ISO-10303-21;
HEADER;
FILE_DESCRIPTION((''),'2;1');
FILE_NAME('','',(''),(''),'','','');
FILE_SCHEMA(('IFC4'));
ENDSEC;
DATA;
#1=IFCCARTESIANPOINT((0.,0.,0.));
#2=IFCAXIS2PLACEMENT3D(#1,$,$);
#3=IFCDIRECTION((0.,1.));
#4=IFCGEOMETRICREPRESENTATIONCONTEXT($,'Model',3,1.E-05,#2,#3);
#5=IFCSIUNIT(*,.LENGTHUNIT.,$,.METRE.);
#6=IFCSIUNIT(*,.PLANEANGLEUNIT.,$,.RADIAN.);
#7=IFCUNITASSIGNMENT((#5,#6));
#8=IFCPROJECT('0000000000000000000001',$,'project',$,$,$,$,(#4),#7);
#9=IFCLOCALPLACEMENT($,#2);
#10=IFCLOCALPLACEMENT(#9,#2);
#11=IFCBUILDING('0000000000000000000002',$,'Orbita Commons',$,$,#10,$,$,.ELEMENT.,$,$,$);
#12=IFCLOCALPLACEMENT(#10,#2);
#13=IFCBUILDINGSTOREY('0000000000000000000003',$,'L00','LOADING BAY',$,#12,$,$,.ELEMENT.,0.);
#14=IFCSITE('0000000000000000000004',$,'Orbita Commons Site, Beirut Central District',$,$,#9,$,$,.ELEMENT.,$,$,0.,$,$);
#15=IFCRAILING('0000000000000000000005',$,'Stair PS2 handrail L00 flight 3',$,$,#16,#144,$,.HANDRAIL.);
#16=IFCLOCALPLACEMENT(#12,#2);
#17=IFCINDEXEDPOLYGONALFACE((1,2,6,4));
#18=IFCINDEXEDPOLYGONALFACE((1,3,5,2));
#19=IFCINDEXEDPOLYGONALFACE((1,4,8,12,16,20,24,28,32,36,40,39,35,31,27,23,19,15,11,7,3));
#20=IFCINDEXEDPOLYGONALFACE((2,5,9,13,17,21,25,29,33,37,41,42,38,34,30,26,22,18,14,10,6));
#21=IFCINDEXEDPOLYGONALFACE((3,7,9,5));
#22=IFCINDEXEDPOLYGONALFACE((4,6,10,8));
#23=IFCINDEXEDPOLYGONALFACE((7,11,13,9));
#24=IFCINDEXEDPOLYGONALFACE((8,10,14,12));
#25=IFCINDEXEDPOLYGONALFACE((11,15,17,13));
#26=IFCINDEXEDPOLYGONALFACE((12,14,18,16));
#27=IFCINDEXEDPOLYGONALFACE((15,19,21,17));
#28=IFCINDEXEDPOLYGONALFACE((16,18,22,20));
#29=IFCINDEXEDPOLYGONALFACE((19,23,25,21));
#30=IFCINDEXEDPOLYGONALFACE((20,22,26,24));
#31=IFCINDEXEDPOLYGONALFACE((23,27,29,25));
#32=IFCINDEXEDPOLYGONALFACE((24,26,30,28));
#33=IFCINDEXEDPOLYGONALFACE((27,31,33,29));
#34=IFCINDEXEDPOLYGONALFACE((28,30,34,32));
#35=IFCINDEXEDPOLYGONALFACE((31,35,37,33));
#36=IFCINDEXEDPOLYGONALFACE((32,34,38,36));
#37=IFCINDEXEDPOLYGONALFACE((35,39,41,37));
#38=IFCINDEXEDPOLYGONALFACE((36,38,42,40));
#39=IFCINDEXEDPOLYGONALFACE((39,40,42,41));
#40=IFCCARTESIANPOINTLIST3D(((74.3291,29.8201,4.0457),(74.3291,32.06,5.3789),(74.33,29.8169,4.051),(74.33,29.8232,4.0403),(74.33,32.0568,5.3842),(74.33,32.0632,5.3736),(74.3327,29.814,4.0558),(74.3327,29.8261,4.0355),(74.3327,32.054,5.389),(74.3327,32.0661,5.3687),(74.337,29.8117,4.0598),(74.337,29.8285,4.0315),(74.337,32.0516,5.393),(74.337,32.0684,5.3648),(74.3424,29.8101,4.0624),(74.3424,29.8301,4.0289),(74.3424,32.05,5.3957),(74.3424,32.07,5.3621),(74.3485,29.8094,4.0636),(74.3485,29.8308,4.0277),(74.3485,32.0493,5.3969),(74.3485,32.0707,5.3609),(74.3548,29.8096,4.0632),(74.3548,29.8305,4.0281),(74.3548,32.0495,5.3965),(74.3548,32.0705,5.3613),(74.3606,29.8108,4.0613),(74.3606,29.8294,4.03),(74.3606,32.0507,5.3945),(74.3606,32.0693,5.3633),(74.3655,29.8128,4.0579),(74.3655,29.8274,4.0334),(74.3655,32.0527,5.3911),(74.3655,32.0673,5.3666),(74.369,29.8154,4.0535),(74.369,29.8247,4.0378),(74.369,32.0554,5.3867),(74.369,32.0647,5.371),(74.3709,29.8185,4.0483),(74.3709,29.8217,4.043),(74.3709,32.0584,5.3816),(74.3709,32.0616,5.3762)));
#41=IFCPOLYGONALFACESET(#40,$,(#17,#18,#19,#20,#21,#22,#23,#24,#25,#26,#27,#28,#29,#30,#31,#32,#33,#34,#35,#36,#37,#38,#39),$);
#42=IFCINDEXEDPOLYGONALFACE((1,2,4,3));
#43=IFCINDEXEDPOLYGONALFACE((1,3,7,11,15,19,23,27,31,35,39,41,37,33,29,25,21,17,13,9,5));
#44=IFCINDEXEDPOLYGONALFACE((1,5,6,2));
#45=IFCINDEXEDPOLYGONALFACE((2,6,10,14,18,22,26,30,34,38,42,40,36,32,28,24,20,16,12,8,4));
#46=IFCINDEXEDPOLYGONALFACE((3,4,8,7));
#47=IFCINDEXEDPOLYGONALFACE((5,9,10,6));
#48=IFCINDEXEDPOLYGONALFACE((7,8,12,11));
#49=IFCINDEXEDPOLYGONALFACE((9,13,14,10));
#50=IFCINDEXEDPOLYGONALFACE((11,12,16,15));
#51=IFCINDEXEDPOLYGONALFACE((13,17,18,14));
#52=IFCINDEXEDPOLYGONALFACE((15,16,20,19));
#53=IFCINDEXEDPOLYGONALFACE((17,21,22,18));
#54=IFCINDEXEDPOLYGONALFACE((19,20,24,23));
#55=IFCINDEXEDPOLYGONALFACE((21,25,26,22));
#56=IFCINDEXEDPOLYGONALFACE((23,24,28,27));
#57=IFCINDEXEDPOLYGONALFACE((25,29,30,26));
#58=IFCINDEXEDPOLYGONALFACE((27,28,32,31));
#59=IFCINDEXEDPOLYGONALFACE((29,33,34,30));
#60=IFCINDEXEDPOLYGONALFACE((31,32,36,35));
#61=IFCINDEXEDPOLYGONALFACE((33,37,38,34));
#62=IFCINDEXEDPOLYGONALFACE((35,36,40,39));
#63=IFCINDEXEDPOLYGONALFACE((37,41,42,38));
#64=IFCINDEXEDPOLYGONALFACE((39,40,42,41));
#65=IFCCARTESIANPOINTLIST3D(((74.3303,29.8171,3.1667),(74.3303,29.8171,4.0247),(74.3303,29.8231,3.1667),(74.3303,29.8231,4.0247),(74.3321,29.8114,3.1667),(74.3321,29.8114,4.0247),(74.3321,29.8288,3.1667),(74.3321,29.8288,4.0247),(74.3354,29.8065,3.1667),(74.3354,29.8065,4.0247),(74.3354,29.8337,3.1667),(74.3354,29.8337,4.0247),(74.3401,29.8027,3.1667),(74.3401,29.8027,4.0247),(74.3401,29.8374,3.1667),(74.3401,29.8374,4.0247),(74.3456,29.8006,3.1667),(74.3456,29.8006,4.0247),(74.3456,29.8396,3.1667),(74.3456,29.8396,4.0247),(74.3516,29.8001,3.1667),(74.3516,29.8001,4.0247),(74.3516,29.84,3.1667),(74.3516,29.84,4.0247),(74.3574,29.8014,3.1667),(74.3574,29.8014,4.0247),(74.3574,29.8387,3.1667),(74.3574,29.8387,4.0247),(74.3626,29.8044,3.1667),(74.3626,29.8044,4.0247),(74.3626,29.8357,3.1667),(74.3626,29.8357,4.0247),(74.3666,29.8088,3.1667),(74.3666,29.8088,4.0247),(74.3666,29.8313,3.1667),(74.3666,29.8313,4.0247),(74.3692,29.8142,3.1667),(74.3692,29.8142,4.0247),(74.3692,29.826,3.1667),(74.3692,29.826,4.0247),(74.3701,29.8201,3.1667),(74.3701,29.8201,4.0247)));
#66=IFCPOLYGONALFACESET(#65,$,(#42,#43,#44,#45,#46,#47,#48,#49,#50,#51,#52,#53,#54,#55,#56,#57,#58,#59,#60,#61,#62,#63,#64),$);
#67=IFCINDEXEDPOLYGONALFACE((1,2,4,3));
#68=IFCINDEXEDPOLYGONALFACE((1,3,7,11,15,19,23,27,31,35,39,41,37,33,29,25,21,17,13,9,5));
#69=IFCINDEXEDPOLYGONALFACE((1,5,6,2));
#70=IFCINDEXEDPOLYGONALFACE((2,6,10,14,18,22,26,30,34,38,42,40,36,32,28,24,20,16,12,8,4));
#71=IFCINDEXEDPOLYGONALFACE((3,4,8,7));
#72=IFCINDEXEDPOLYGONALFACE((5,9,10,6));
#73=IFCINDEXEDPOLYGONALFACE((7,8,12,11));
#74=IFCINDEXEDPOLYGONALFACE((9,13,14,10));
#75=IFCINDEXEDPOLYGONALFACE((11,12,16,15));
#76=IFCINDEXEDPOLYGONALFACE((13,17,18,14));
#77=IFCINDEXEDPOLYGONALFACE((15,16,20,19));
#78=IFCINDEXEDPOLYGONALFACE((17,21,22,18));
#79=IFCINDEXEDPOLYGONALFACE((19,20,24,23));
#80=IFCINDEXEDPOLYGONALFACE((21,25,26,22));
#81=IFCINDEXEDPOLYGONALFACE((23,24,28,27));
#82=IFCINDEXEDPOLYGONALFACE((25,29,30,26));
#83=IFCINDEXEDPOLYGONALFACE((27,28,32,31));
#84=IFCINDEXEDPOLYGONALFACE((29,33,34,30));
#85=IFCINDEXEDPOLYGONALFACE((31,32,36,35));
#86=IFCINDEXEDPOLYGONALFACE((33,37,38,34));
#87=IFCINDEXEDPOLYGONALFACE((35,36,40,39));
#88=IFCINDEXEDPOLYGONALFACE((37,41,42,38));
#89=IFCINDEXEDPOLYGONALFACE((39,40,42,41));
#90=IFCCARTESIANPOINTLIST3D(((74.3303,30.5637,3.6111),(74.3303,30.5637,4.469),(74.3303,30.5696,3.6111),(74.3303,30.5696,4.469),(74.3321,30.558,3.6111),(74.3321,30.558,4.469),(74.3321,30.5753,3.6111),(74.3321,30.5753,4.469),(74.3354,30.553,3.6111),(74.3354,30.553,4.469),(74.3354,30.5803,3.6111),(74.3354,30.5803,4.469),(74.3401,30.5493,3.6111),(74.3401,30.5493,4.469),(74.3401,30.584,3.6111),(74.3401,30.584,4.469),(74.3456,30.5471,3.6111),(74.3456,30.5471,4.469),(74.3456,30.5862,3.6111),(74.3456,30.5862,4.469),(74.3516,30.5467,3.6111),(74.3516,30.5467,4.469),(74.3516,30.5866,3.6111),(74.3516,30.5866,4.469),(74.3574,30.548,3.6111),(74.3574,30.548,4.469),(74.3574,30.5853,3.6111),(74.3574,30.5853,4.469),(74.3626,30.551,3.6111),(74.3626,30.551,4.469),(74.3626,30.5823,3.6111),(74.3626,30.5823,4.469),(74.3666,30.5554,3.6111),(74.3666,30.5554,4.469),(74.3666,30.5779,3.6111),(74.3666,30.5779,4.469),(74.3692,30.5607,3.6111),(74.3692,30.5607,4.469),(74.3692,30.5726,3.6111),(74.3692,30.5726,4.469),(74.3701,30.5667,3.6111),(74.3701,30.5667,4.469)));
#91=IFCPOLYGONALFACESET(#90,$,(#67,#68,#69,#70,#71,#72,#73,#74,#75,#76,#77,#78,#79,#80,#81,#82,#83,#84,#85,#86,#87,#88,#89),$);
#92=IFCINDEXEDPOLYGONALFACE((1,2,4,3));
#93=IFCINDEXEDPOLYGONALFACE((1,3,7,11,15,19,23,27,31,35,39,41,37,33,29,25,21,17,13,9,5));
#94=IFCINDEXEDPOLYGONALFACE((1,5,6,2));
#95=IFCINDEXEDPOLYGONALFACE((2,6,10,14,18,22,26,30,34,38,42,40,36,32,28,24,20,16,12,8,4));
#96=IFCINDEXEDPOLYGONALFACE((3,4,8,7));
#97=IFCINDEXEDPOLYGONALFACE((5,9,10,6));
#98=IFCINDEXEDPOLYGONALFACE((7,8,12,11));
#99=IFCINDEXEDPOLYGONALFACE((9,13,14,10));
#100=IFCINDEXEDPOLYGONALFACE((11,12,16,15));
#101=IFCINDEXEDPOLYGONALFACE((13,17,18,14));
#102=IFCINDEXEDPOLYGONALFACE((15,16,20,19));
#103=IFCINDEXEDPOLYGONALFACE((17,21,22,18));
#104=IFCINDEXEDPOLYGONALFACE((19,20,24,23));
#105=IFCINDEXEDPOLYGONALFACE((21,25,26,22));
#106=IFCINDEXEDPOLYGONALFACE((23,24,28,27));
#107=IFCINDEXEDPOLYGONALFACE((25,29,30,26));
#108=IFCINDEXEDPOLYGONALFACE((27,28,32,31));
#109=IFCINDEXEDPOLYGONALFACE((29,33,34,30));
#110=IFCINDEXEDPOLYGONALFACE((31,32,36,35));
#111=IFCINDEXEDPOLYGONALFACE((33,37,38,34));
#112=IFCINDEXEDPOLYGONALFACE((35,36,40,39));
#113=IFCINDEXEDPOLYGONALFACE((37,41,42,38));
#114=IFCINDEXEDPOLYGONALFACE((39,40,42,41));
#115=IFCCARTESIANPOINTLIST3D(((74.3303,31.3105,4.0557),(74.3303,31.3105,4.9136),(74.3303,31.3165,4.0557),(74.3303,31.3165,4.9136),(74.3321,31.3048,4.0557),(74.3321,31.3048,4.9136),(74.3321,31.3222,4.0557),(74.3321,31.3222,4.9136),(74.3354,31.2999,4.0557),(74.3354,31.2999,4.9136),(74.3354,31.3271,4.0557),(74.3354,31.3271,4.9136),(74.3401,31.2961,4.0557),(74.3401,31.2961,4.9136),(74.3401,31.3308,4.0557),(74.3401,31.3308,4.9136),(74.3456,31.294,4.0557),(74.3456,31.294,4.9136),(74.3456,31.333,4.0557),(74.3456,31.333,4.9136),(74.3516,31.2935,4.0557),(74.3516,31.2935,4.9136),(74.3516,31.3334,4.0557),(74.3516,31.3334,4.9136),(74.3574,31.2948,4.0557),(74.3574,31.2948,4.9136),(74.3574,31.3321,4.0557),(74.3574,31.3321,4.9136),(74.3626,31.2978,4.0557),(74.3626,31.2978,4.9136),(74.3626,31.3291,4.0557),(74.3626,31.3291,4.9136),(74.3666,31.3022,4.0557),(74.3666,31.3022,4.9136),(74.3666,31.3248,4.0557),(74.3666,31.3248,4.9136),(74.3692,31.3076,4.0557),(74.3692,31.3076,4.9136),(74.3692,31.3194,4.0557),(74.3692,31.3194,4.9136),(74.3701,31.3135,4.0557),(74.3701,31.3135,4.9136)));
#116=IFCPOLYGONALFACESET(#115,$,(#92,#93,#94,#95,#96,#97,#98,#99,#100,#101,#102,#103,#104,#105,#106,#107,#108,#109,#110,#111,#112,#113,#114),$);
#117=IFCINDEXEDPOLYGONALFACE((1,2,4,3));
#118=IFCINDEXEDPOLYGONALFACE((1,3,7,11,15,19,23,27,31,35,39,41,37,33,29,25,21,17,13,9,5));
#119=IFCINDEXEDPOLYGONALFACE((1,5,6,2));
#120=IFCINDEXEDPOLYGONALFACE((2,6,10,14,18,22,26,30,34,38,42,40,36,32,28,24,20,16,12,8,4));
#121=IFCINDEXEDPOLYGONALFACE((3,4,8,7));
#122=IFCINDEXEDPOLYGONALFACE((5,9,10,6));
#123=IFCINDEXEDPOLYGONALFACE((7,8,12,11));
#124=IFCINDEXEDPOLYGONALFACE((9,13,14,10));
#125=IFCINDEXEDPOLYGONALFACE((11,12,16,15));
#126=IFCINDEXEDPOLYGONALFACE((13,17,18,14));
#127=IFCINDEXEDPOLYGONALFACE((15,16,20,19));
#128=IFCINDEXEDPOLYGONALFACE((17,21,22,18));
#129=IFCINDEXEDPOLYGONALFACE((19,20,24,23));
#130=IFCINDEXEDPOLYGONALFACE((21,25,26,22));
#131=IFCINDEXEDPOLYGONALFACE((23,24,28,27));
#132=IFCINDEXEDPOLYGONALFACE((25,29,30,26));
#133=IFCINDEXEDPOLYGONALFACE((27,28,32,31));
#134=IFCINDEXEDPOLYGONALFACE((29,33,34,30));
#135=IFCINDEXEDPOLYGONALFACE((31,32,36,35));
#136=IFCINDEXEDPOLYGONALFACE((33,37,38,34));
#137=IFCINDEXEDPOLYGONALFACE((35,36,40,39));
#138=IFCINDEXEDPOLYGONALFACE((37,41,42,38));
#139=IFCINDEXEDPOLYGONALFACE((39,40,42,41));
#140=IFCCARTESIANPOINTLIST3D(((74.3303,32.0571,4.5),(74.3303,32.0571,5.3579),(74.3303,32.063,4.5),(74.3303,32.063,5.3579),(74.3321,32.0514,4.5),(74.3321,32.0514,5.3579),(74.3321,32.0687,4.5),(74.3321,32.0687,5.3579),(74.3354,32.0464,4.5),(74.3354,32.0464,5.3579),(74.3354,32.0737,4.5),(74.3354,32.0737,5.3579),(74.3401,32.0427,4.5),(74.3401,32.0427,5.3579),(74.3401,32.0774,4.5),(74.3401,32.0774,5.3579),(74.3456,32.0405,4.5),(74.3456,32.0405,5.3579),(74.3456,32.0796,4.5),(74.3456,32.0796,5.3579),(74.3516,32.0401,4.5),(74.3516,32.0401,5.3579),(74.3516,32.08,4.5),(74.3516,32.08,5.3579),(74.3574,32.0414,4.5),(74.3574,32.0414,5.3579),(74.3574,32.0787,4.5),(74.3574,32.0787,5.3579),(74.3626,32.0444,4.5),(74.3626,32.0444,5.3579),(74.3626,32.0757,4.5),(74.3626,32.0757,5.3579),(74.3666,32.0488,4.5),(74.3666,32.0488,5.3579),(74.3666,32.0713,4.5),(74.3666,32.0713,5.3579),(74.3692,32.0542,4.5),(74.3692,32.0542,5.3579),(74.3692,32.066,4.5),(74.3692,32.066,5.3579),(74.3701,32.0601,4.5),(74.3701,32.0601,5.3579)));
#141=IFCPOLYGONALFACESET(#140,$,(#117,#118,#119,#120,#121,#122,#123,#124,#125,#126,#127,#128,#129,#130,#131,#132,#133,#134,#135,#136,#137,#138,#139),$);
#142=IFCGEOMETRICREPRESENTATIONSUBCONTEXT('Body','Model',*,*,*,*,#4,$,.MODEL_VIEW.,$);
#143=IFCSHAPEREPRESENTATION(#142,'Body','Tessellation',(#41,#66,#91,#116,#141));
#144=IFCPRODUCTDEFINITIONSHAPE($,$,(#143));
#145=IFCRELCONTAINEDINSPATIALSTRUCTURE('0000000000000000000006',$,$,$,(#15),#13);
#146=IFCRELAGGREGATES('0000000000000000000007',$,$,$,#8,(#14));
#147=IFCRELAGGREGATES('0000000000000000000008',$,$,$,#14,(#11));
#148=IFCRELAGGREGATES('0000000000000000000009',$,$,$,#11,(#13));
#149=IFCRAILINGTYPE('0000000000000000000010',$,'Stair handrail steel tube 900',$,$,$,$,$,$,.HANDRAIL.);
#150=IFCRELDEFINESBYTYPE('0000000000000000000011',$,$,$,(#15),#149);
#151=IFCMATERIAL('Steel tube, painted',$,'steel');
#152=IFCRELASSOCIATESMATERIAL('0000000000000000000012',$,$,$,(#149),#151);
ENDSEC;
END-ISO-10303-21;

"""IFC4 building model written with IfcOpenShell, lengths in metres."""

from ifc_helpers import new_model, si_unit, direction, frame, origin, origin_2d, place, context, subcontext, project, spatial, circle, extrude, material, type_object, element, save


model = new_model("IFC4")

# Units and contexts
model_context = context("Model", 3, precision=1e-05, world=origin(), true_north=direction((0.0, 1.0)))
body_context = subcontext(model_context, "Body", "Model", "MODEL_VIEW")
ifc_project = project(units=[si_unit("LENGTHUNIT", "METRE"), si_unit("PLANEANGLEUNIT", "RADIAN")], contexts=[model_context])

# Site, building, storey
site_placement = place(None, origin())
site = spatial("IfcSite", under=ifc_project, at=site_placement, Name="Orbita Commons Site, Beirut Central District", CompositionType="ELEMENT", RefElevation=0.0)
building_placement = place(site_placement, origin())
building = spatial("IfcBuilding", under=site, at=building_placement, Name="Orbita Commons", CompositionType="ELEMENT")
storey_placement = place(building_placement, origin())
storey = spatial("IfcBuildingStorey", under=building, at=storey_placement, Name="L00", Description="LOADING BAY", CompositionType="ELEMENT", Elevation=0.0)

# Railing
ifc_material_1 = material(Name="Steel tube, painted", Category="steel")
railing_type_1 = type_object("IfcRailingType", Name="Stair handrail steel tube 900", PredefinedType="HANDRAIL", material=ifc_material_1)
for number, where, name in (
    (1, (74.3501, 29.8201, 3.1667), "Stair PS2 handrail L00 flight 3"),
):
    element("IfcRailing", number, at=place(storey_placement, frame(where)), inside=storey, type_object=railing_type_1, Name=name, PredefinedType="HANDRAIL", context=body_context, shape_type="SweptSolid", body=[
        extrude(circle(Radius=0.021, at=origin_2d()), frame((0.0, 0.0, 0.8789), z_axis=(0.0, 0.859306, 0.511462), x_axis=(-1.0, 0.0, 0.0)), (0.0, 0.0, 1.0), 2.6067),
        extrude(circle(Radius=0.02, at=origin_2d()), origin(), (0.0, 0.0, 1.0), 0.8579),
        extrude(circle(Radius=0.02, at=origin_2d()), frame((0.0, 0.7466, 0.4443)), (0.0, 0.0, 1.0), 0.8579),
        extrude(circle(Radius=0.02, at=origin_2d()), frame((0.0, 1.4934, 0.8889)), (0.0, 0.0, 1.0), 0.8579),
        extrude(circle(Radius=0.02, at=origin_2d()), frame((0.0, 2.24, 1.3333)), (0.0, 0.0, 1.0), 0.8579),
    ])

save(model, "model.ifc")
